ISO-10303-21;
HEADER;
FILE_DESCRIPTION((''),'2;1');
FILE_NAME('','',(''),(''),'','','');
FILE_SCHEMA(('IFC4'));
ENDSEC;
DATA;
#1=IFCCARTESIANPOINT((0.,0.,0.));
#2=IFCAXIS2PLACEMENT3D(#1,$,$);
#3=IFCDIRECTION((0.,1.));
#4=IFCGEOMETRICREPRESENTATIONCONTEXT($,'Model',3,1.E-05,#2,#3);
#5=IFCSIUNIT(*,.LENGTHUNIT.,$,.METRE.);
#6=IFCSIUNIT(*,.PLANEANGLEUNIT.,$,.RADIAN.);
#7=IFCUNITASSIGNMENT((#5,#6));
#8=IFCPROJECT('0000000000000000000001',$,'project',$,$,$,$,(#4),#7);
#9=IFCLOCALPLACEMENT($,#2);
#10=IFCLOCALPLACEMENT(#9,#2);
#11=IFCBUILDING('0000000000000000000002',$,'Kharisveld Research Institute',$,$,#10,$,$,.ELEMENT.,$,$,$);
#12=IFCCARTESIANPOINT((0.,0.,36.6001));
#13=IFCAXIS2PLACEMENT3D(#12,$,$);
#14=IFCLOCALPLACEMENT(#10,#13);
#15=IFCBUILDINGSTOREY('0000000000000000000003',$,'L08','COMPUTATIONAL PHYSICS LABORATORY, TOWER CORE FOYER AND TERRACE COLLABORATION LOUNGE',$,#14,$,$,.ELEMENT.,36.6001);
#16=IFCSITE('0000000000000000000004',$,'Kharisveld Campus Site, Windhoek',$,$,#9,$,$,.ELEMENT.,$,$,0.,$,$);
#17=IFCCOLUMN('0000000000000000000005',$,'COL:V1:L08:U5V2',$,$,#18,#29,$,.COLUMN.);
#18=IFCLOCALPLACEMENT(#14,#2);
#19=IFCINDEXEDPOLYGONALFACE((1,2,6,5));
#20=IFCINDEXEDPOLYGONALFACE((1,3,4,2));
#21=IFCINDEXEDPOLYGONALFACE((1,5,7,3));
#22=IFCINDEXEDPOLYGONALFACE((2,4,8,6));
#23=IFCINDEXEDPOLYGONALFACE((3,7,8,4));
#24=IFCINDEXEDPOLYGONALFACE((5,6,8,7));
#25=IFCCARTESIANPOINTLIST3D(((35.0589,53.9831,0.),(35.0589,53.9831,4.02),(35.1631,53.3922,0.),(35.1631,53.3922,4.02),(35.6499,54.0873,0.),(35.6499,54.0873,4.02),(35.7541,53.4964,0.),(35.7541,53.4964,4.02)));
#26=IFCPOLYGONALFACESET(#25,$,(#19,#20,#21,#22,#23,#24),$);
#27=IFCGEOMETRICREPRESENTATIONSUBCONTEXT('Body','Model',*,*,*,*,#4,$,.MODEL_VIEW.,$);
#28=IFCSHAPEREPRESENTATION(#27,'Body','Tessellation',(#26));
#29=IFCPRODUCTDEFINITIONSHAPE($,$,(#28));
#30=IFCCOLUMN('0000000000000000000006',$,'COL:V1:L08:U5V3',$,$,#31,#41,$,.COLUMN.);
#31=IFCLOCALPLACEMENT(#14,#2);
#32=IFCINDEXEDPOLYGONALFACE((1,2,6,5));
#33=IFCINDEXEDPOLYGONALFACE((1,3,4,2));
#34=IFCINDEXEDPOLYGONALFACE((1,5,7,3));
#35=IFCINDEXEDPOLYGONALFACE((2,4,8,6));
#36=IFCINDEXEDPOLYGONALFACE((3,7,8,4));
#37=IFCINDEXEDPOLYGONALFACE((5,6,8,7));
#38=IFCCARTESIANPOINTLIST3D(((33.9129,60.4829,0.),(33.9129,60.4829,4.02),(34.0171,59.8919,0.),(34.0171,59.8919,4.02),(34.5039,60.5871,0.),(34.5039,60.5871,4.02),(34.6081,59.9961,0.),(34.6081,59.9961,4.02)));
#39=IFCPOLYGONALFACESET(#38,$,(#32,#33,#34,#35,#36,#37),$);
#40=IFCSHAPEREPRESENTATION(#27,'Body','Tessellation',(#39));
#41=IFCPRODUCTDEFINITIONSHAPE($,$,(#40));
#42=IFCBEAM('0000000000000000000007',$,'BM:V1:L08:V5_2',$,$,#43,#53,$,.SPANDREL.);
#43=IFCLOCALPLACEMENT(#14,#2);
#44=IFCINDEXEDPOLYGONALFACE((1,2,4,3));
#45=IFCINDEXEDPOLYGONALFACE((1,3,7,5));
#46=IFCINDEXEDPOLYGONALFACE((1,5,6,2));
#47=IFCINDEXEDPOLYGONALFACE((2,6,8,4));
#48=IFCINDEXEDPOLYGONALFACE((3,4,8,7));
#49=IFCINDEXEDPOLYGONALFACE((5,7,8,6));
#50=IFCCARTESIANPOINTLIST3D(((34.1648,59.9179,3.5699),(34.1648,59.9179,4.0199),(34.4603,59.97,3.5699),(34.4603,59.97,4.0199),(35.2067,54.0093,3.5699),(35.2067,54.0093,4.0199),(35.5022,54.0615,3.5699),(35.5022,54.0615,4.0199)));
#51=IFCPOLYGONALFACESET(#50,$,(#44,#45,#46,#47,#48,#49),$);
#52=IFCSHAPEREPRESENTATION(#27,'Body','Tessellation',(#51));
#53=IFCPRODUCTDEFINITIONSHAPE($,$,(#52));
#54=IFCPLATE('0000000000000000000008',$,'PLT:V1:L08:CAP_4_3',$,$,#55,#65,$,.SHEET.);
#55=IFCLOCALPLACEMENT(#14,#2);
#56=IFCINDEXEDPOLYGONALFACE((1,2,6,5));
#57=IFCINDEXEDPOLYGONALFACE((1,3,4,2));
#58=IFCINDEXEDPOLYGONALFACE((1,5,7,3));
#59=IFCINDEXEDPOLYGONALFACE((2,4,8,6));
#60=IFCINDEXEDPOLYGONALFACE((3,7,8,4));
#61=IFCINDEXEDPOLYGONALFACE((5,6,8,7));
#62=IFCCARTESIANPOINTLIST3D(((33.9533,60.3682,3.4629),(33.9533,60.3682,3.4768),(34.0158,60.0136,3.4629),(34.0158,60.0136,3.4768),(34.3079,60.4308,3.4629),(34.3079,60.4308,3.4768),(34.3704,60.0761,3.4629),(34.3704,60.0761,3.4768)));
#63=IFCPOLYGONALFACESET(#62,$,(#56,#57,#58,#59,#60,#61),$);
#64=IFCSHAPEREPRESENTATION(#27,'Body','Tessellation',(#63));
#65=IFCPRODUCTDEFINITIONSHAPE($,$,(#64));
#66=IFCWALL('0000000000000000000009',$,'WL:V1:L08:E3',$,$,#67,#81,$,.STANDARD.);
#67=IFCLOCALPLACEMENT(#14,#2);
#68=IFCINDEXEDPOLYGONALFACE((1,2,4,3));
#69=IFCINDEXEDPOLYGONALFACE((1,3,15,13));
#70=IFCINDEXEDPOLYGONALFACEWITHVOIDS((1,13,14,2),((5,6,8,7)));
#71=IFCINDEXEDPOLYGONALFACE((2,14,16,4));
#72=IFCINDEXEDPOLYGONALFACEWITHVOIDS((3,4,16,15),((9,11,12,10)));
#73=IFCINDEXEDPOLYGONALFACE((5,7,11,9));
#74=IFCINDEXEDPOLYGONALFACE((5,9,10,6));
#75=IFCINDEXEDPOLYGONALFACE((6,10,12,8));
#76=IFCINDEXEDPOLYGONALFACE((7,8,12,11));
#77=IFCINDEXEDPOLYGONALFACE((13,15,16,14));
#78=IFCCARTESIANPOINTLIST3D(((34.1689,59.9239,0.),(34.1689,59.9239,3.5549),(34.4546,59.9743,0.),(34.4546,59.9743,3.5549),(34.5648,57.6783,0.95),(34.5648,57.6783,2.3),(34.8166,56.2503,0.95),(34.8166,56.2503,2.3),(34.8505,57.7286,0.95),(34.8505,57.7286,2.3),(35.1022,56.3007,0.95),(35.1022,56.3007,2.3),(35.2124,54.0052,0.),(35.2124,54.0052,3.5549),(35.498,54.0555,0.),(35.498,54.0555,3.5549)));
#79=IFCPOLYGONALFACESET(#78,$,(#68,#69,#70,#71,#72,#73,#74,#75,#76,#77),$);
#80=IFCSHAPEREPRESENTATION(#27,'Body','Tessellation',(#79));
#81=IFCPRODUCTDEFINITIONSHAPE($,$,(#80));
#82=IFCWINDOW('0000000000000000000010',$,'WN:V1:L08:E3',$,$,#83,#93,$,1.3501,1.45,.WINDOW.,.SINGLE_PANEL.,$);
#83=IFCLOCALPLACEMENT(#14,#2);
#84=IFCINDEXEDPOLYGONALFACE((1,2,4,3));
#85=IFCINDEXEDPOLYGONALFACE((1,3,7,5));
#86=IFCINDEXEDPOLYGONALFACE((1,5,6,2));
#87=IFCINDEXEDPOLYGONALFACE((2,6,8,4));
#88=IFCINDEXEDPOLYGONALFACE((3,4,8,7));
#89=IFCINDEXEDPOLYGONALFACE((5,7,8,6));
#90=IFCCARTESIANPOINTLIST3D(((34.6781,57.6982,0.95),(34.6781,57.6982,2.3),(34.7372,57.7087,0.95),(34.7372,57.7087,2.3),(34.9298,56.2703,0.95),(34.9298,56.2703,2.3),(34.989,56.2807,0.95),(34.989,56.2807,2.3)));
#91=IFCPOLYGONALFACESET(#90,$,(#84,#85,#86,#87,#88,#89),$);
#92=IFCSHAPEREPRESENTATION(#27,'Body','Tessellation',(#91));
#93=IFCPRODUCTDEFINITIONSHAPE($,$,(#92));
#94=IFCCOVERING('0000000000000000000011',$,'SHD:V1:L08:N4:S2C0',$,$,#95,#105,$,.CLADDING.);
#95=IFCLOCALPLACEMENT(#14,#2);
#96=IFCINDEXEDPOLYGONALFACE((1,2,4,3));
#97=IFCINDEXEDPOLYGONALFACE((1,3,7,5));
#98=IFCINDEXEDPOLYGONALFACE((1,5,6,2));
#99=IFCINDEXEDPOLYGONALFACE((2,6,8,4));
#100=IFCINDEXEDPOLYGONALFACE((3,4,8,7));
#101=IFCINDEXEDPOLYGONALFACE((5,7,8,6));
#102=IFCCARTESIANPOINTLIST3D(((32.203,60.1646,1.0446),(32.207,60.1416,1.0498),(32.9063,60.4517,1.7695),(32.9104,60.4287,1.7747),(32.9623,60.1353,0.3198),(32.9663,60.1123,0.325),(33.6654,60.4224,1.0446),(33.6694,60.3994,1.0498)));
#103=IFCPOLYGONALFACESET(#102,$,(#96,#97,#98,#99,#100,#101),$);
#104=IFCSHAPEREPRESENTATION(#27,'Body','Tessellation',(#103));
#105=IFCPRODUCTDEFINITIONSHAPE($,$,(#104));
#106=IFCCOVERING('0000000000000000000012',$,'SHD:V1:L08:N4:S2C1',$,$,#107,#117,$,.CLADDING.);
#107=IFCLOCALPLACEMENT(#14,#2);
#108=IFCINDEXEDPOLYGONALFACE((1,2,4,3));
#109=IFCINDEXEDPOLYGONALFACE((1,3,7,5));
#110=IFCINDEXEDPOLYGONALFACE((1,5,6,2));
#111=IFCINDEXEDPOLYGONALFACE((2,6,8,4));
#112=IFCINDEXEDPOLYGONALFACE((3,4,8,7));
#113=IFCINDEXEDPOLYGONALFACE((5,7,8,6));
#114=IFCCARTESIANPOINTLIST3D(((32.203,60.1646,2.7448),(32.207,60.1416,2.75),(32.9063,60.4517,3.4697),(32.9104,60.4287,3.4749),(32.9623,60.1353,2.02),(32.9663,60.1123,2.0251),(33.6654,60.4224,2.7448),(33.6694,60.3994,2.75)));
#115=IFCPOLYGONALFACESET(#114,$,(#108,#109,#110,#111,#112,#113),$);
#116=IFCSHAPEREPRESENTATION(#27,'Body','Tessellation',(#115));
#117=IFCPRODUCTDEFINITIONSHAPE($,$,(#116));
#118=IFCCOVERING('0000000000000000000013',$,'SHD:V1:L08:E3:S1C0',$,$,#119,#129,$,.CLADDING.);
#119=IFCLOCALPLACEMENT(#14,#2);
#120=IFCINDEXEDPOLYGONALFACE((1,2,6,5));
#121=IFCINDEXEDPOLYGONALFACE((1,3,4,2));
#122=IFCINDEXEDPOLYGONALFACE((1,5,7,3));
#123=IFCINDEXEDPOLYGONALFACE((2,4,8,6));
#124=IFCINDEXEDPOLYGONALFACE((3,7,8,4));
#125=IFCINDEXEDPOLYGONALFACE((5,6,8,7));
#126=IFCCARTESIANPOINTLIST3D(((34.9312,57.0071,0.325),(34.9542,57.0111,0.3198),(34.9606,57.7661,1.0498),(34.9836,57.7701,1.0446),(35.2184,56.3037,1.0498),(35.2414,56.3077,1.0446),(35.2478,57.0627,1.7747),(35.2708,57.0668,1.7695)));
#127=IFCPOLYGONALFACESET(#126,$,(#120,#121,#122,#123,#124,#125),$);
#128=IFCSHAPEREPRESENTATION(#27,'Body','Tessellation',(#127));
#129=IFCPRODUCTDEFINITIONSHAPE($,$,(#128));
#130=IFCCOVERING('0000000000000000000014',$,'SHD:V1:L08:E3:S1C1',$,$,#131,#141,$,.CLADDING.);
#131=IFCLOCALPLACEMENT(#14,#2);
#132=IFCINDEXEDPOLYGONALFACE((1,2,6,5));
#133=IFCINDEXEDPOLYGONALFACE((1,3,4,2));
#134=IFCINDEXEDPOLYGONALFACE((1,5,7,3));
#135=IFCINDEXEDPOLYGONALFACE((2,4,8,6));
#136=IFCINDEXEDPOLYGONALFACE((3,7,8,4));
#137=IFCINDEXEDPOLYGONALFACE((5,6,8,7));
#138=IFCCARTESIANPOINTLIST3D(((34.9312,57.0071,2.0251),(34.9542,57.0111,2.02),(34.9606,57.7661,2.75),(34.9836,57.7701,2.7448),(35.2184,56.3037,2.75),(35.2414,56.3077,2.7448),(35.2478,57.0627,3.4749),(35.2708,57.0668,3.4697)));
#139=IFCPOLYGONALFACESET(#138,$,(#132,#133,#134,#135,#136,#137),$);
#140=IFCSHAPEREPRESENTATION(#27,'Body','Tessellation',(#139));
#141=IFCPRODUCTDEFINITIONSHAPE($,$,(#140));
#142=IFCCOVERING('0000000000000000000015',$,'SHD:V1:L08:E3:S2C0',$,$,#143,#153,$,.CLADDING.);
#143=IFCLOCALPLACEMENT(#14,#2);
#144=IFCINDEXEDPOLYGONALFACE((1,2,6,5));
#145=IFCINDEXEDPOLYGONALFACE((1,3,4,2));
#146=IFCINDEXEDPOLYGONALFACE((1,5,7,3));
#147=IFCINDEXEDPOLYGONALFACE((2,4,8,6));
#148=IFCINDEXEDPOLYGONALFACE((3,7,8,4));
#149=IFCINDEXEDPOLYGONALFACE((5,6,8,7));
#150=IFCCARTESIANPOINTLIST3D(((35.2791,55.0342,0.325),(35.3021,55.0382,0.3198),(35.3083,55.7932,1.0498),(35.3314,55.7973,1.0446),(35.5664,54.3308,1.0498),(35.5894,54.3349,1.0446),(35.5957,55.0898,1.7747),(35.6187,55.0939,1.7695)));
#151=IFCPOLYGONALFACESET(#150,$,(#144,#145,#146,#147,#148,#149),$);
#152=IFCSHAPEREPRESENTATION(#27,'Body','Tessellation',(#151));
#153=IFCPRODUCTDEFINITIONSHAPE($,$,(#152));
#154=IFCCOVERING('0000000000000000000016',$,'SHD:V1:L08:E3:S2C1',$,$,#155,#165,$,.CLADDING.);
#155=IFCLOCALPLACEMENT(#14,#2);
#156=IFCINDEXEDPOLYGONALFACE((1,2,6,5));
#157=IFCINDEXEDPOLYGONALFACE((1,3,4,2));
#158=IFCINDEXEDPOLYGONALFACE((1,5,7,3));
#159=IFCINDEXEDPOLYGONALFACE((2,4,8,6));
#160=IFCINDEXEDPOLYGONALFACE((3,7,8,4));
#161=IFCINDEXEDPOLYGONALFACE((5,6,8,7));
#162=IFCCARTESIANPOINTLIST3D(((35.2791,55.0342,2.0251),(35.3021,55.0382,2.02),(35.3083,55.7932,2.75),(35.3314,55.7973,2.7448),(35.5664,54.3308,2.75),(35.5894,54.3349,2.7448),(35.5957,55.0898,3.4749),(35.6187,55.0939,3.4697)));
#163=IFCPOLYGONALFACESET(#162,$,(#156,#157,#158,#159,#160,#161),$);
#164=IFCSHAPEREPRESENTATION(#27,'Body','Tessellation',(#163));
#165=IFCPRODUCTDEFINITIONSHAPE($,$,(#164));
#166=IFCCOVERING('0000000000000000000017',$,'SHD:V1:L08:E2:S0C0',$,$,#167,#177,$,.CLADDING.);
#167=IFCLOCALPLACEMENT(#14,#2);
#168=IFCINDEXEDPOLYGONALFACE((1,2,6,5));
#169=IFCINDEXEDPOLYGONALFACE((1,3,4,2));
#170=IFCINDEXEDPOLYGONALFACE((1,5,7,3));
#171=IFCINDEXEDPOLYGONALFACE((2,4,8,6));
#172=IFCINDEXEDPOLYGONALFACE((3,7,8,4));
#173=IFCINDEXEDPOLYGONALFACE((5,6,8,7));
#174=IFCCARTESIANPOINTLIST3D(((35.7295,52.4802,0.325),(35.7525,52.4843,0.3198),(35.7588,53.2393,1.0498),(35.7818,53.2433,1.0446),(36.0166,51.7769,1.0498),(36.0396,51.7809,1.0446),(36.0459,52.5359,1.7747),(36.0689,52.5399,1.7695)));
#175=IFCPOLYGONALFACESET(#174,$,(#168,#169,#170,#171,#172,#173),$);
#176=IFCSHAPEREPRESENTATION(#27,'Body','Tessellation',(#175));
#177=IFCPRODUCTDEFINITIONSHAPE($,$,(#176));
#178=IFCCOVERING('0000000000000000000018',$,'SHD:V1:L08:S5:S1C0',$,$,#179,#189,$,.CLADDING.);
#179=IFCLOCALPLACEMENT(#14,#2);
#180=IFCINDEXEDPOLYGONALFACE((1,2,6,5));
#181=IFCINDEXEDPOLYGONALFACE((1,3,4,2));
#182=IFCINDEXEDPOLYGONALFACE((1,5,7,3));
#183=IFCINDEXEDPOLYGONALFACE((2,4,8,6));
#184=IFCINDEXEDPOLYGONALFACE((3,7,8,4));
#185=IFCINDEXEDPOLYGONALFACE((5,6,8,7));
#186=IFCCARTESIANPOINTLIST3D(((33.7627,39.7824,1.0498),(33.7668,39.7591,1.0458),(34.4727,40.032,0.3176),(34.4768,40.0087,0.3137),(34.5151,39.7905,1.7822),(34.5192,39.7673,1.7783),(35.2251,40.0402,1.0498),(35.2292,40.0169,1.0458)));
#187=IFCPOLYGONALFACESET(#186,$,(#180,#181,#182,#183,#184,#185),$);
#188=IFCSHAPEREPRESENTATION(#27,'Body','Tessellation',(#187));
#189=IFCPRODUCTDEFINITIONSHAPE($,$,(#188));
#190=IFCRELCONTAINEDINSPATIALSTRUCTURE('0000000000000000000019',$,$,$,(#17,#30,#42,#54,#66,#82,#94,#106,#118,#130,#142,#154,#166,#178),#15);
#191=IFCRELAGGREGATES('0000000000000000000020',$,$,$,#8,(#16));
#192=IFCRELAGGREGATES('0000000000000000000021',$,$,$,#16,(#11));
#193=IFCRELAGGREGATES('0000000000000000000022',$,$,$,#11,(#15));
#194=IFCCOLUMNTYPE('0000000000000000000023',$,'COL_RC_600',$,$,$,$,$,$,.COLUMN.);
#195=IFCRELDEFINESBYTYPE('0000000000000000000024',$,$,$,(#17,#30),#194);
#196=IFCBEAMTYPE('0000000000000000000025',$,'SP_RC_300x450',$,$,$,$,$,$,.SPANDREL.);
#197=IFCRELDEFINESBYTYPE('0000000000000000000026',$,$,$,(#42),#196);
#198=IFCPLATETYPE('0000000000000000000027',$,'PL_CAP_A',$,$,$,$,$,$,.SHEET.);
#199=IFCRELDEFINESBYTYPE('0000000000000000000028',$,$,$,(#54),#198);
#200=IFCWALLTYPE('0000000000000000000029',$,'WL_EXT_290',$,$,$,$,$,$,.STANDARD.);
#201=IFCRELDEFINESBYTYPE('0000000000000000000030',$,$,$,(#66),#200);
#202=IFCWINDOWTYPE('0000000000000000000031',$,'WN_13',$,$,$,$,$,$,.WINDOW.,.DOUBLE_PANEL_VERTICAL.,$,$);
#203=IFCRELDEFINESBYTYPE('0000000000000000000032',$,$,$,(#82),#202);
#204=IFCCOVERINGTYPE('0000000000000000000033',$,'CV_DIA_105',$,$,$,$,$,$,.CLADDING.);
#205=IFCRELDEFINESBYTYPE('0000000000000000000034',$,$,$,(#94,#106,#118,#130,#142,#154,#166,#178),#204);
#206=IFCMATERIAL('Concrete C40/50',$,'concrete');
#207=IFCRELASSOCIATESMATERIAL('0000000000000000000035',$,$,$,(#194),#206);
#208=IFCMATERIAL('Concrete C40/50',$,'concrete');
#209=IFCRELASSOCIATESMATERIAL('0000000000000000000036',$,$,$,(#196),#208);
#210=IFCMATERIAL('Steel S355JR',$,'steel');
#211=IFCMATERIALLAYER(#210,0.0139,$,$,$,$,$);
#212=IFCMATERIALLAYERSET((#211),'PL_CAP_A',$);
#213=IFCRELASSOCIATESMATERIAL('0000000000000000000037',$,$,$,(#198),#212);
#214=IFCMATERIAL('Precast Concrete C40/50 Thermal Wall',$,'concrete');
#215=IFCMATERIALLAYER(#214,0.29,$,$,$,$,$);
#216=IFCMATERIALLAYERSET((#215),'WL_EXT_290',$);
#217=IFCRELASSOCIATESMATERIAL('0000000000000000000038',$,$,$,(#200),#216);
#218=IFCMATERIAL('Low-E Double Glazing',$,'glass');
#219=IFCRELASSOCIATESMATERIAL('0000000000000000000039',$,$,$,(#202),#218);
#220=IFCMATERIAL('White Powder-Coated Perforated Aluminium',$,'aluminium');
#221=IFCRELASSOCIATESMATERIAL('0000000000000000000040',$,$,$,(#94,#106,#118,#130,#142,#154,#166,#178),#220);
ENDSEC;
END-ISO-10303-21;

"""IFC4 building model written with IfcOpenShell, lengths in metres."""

from ifc_helpers import new_model, si_unit, direction, frame, frame_2d, origin, origin_2d, place, context, subcontext, project, spatial, polyline, rectangle, outline, extrude, material, layer, layer_set, material_profile, profile_set, type_object, element, fill, save


model = new_model("IFC4")

# Units and contexts
model_context = context("Model", 3, precision=1e-05, world=origin(), true_north=direction((0.0, 1.0)))
body_context = subcontext(model_context, "Body", "Model", "MODEL_VIEW")
ifc_project = project(units=[si_unit("LENGTHUNIT", "METRE"), si_unit("PLANEANGLEUNIT", "RADIAN")], contexts=[model_context])

# Site, building, storey
site_placement = place(None, origin())
site = spatial("IfcSite", under=ifc_project, at=site_placement, Name="Kharisveld Campus Site, Windhoek", CompositionType="ELEMENT", RefElevation=0.0)
building_placement = place(site_placement, origin())
building = spatial("IfcBuilding", under=site, at=building_placement, Name="Kharisveld Research Institute", CompositionType="ELEMENT")
storey_placement = place(building_placement, frame((0.0, 0.0, 36.6001)))
storey = spatial("IfcBuildingStorey", under=building, at=storey_placement, Name="L08", Description="COMPUTATIONAL PHYSICS LABORATORY, TOWER CORE FOYER AND TERRACE COLLABORATION LOUNGE", CompositionType="ELEMENT", Elevation=36.6001)

# Columns
ifc_material_1 = material(Name="Concrete C40/50", Category="concrete")
ifc_material_profile_1 = material_profile(ifc_material_1, rectangle(XDim=0.6001, YDim=0.6001, at=origin_2d()))
ifc_profile_set_1 = profile_set([ifc_material_profile_1], Name="Concrete C40/50")
column_type = type_object("IfcColumnType", Name="COL_RC_600", PredefinedType="COLUMN", material=ifc_profile_set_1)
for number, where, z_axis, x_axis, name in (
    (1, (35.4065, 53.7397, 0.0), (0.0, 0.0, 1.0), (0.984808, 0.173648, 0.0), "COL:V1:L08:U5V2"),
    (2, (34.2605, 60.2395, 0.0), (0.0, 0.0, 1.0), (0.984808, 0.173648, 0.0), "COL:V1:L08:U5V3"),
):
    element("IfcColumn", number, at=place(storey_placement, frame(where, z_axis=z_axis, x_axis=x_axis)), inside=storey, type_object=column_type, Name=name, PredefinedType="COLUMN", context=body_context, shape_type="SweptSolid", body=[
        extrude(rectangle(XDim=0.6001, YDim=0.6001, at=origin_2d()), origin(), (0.0, 0.0, 1.0), 4.02),
    ])

# Beam
ifc_material_2 = material(Name="Concrete C40/50", Category="concrete")
ifc_material_profile_2 = material_profile(ifc_material_2, rectangle(XDim=0.3, YDim=0.45, at=origin_2d()))
ifc_profile_set_2 = profile_set([ifc_material_profile_2], Name="Concrete C40/50")
beam_type = type_object("IfcBeamType", Name="SP_RC_300x450", PredefinedType="SPANDREL", material=ifc_profile_set_2)
beam_placement = place(storey_placement, frame((35.3545, 54.0354, 3.7949), z_axis=(-0.173669, 0.984804, 0.0), x_axis=(-0.984804, -0.173669, 0.0)))
element("IfcBeam", 3, at=beam_placement, inside=storey, type_object=beam_type, Name="BM:V1:L08:V5_2", PredefinedType="SPANDREL", context=body_context, shape_type="SweptSolid", body=[
    extrude(rectangle(XDim=0.3, YDim=0.45, at=origin_2d()), origin(), (0.0, 0.0, 1.0), 5.9998),
])

# Plate
ifc_material_3 = material(Name="Steel S355JR", Category="steel")
ifc_layer_1 = layer(ifc_material_3, 0.0139)
ifc_layer_set_1 = layer_set([ifc_layer_1], Name="PL_CAP_A")
plate_type = type_object("IfcPlateType", Name="PL_CAP_A", PredefinedType="SHEET", material=ifc_layer_set_1)
plate_placement = place(storey_placement, frame((34.1619, 60.2222, 3.4629), z_axis=(0.0, 0.0, 1.0), x_axis=(0.984808, 0.173648, 0.0)))
element("IfcPlate", 4, at=plate_placement, inside=storey, type_object=plate_type, Name="PLT:V1:L08:CAP_4_3", PredefinedType="SHEET", context=body_context, shape_type="SweptSolid", body=[
    extrude(rectangle(XDim=0.3601, YDim=0.3601, at=origin_2d()), origin(), (0.0, 0.0, 1.0), 0.0139),
])

# Wall, opening, window
ifc_material_4 = material(Name="Precast Concrete C40/50 Thermal Wall", Category="concrete")
ifc_layer_2 = layer(ifc_material_4, 0.29)
ifc_layer_set_2 = layer_set([ifc_layer_2], Name="WL_EXT_290")
wall_type_1 = type_object("IfcWallType", Name="WL_EXT_290", PredefinedType="STANDARD", material=ifc_layer_set_2)
wall_1_placement = place(storey_placement, frame((34.3118, 59.949, 0.0), z_axis=(0.0, 0.0, 1.0), x_axis=(0.173621, -0.984813, 0.0)))
wall_1 = element("IfcWall", 5, at=wall_1_placement, inside=storey, type_object=wall_type_1, Name="WL:V1:L08:E3", PredefinedType="STANDARD", context=body_context, shape_type="SweptSolid", body=[
    extrude(rectangle(XDim=6.01, YDim=0.29, at=frame_2d((3.0049, 0.0))), origin(), (0.0, 0.0, 1.0), 3.5549),
])
opening_1_placement = place(wall_1_placement, frame((2.28, 0.0, 0.95)))
opening_1 = element("IfcOpeningElement", 6, at=opening_1_placement, cuts=wall_1, PredefinedType="OPENING", context=body_context, shape_type="SweptSolid", body=[
    extrude(rectangle(XDim=1.45, YDim=1.3501, at=frame_2d((0.7251, 0.675))), frame((0.0, 0.145, 0.0), z_axis=(0.0, -1.0, 0.0), x_axis=(1.0, 0.0, 0.0)), (0.0, 0.0, 1.0), 0.29),
])
ifc_material_5 = material(Name="Low-E Double Glazing", Category="glass")
window_type = type_object("IfcWindowType", Name="WN_13", PartitioningType="DOUBLE_PANEL_VERTICAL", PredefinedType="WINDOW", material=ifc_material_5)
window_placement = place(opening_1_placement, origin())
window = element("IfcWindow", 7, at=window_placement, inside=storey, type_object=window_type, Name="WN:V1:L08:E3", OverallHeight=1.3501, OverallWidth=1.45, PartitioningType="SINGLE_PANEL", PredefinedType="WINDOW", context=body_context, shape_type="SweptSolid", body=[
    extrude(rectangle(XDim=1.45, YDim=1.3501, at=frame_2d((0.7251, 0.675))), frame((0.0, 0.03, 0.0), z_axis=(0.0, -1.0, 0.0), x_axis=(1.0, 0.0, 0.0)), (0.0, 0.0, 1.0), 0.0601),
])
fill(opening_1, window)

# Coverings
ifc_material_6 = material(Name="White Powder-Coated Perforated Aluminium", Category="aluminium")
covering_type = type_object("IfcCoveringType", Name="CV_DIA_105", PredefinedType="CLADDING")
for number, where, z_axis, x_axis, name in (
    (8, (32.9663, 60.1123, 0.325), (0.169503, -0.961481, 0.216385), (0.669728, 0.273452, 0.690426), "SHD:V1:L08:N4:S2C0"),
    (9, (32.9663, 60.1123, 2.0251), (0.169503, -0.961481, 0.216385), (0.669728, 0.273452, 0.690426), "SHD:V1:L08:N4:S2C1"),
):
    element("IfcCovering", number, at=place(storey_placement, frame(where, z_axis=z_axis, x_axis=x_axis)), inside=storey, type_object=covering_type, material=ifc_material_6, Name=name, PredefinedType="CLADDING", context=body_context, shape_type="SweptSolid", body=[
        extrude(outline(polyline([(0.0, 0.0), (1.0499, 0.0), (1.05, 1.05), (0.0, 1.0501), (0.0, 0.0)])), origin(), (0.0, 0.0, -1.0), 0.0239),
    ])
for number, where, z_axis, x_axis, name in (
    (10, (34.9312, 57.0071, 0.325), (-0.961453, -0.169498, 0.216512), (0.273536, -0.66983, 0.690294), "SHD:V1:L08:E3:S1C0"),
    (11, (34.9312, 57.0071, 2.0251), (-0.961453, -0.169498, 0.216512), (0.273536, -0.66983, 0.690294), "SHD:V1:L08:E3:S1C1"),
):
    element("IfcCovering", number, at=place(storey_placement, frame(where, z_axis=z_axis, x_axis=x_axis)), inside=storey, type_object=covering_type, material=ifc_material_6, Name=name, PredefinedType="CLADDING", context=body_context, shape_type="SweptSolid", body=[
        extrude(outline(polyline([(0.0, 0.0), (1.0501, 0.0), (1.0501, 1.05), (0.0, 1.05), (0.0, 0.0)])), origin(), (0.0, 0.0, -1.0), 0.0239),
    ])
for number, where, z_axis, x_axis, name in (
    (12, (35.2791, 55.0342, 0.325), (-0.961426, -0.169654, 0.216512), (0.273644, -0.669811, 0.69027), "SHD:V1:L08:E3:S2C0"),
    (13, (35.2791, 55.0342, 2.0251), (-0.961426, -0.169654, 0.216512), (0.273644, -0.669811, 0.69027), "SHD:V1:L08:E3:S2C1"),
):
    element("IfcCovering", number, at=place(storey_placement, frame(where, z_axis=z_axis, x_axis=x_axis)), inside=storey, type_object=covering_type, material=ifc_material_6, Name=name, PredefinedType="CLADDING", context=body_context, shape_type="SweptSolid", body=[
        extrude(outline(polyline([(0.0, 0.0), (1.0501, 0.0), (1.0501, 1.05), (0.0, 1.05), (0.0, 0.0)])), origin(), (0.0, 0.0, -1.0), 0.0239),
    ])
covering_1_placement = place(storey_placement, frame((35.7295, 52.4802, 0.325), z_axis=(-0.961487, -0.169504, 0.216358), x_axis=(0.273429, -0.669853, 0.690314)))
element("IfcCovering", 14, at=covering_1_placement, inside=storey, type_object=covering_type, material=ifc_material_6, Name="SHD:V1:L08:E2:S0C0", PredefinedType="CLADDING", context=body_context, shape_type="SweptSolid", body=[
    extrude(outline(polyline([(0.0, 0.0), (1.05, 0.0), (1.05, 1.05), (-0.0001, 1.05), (0.0, 0.0)])), origin(), (0.0, 0.0, -1.0), 0.0239),
])
covering_2_placement = place(storey_placement, frame((34.4727, 40.032, 0.3176), z_axis=(-0.171234, 0.971299, 0.165096), x_axis=(-0.676173, -0.237734, 0.697333)))
element("IfcCovering", 15, at=covering_2_placement, inside=storey, type_object=covering_type, material=ifc_material_6, Name="SHD:V1:L08:S5:S1C0", PredefinedType="CLADDING", context=body_context, shape_type="SweptSolid", body=[
    extrude(outline(polyline([(0.0, 0.0), (1.0499, 0.0), (1.05, 1.0501), (-0.0002, 1.0499), (0.0, 0.0)])), origin(), (0.0, 0.0, -1.0), 0.0239),
])

save(model, "model.ifc")
